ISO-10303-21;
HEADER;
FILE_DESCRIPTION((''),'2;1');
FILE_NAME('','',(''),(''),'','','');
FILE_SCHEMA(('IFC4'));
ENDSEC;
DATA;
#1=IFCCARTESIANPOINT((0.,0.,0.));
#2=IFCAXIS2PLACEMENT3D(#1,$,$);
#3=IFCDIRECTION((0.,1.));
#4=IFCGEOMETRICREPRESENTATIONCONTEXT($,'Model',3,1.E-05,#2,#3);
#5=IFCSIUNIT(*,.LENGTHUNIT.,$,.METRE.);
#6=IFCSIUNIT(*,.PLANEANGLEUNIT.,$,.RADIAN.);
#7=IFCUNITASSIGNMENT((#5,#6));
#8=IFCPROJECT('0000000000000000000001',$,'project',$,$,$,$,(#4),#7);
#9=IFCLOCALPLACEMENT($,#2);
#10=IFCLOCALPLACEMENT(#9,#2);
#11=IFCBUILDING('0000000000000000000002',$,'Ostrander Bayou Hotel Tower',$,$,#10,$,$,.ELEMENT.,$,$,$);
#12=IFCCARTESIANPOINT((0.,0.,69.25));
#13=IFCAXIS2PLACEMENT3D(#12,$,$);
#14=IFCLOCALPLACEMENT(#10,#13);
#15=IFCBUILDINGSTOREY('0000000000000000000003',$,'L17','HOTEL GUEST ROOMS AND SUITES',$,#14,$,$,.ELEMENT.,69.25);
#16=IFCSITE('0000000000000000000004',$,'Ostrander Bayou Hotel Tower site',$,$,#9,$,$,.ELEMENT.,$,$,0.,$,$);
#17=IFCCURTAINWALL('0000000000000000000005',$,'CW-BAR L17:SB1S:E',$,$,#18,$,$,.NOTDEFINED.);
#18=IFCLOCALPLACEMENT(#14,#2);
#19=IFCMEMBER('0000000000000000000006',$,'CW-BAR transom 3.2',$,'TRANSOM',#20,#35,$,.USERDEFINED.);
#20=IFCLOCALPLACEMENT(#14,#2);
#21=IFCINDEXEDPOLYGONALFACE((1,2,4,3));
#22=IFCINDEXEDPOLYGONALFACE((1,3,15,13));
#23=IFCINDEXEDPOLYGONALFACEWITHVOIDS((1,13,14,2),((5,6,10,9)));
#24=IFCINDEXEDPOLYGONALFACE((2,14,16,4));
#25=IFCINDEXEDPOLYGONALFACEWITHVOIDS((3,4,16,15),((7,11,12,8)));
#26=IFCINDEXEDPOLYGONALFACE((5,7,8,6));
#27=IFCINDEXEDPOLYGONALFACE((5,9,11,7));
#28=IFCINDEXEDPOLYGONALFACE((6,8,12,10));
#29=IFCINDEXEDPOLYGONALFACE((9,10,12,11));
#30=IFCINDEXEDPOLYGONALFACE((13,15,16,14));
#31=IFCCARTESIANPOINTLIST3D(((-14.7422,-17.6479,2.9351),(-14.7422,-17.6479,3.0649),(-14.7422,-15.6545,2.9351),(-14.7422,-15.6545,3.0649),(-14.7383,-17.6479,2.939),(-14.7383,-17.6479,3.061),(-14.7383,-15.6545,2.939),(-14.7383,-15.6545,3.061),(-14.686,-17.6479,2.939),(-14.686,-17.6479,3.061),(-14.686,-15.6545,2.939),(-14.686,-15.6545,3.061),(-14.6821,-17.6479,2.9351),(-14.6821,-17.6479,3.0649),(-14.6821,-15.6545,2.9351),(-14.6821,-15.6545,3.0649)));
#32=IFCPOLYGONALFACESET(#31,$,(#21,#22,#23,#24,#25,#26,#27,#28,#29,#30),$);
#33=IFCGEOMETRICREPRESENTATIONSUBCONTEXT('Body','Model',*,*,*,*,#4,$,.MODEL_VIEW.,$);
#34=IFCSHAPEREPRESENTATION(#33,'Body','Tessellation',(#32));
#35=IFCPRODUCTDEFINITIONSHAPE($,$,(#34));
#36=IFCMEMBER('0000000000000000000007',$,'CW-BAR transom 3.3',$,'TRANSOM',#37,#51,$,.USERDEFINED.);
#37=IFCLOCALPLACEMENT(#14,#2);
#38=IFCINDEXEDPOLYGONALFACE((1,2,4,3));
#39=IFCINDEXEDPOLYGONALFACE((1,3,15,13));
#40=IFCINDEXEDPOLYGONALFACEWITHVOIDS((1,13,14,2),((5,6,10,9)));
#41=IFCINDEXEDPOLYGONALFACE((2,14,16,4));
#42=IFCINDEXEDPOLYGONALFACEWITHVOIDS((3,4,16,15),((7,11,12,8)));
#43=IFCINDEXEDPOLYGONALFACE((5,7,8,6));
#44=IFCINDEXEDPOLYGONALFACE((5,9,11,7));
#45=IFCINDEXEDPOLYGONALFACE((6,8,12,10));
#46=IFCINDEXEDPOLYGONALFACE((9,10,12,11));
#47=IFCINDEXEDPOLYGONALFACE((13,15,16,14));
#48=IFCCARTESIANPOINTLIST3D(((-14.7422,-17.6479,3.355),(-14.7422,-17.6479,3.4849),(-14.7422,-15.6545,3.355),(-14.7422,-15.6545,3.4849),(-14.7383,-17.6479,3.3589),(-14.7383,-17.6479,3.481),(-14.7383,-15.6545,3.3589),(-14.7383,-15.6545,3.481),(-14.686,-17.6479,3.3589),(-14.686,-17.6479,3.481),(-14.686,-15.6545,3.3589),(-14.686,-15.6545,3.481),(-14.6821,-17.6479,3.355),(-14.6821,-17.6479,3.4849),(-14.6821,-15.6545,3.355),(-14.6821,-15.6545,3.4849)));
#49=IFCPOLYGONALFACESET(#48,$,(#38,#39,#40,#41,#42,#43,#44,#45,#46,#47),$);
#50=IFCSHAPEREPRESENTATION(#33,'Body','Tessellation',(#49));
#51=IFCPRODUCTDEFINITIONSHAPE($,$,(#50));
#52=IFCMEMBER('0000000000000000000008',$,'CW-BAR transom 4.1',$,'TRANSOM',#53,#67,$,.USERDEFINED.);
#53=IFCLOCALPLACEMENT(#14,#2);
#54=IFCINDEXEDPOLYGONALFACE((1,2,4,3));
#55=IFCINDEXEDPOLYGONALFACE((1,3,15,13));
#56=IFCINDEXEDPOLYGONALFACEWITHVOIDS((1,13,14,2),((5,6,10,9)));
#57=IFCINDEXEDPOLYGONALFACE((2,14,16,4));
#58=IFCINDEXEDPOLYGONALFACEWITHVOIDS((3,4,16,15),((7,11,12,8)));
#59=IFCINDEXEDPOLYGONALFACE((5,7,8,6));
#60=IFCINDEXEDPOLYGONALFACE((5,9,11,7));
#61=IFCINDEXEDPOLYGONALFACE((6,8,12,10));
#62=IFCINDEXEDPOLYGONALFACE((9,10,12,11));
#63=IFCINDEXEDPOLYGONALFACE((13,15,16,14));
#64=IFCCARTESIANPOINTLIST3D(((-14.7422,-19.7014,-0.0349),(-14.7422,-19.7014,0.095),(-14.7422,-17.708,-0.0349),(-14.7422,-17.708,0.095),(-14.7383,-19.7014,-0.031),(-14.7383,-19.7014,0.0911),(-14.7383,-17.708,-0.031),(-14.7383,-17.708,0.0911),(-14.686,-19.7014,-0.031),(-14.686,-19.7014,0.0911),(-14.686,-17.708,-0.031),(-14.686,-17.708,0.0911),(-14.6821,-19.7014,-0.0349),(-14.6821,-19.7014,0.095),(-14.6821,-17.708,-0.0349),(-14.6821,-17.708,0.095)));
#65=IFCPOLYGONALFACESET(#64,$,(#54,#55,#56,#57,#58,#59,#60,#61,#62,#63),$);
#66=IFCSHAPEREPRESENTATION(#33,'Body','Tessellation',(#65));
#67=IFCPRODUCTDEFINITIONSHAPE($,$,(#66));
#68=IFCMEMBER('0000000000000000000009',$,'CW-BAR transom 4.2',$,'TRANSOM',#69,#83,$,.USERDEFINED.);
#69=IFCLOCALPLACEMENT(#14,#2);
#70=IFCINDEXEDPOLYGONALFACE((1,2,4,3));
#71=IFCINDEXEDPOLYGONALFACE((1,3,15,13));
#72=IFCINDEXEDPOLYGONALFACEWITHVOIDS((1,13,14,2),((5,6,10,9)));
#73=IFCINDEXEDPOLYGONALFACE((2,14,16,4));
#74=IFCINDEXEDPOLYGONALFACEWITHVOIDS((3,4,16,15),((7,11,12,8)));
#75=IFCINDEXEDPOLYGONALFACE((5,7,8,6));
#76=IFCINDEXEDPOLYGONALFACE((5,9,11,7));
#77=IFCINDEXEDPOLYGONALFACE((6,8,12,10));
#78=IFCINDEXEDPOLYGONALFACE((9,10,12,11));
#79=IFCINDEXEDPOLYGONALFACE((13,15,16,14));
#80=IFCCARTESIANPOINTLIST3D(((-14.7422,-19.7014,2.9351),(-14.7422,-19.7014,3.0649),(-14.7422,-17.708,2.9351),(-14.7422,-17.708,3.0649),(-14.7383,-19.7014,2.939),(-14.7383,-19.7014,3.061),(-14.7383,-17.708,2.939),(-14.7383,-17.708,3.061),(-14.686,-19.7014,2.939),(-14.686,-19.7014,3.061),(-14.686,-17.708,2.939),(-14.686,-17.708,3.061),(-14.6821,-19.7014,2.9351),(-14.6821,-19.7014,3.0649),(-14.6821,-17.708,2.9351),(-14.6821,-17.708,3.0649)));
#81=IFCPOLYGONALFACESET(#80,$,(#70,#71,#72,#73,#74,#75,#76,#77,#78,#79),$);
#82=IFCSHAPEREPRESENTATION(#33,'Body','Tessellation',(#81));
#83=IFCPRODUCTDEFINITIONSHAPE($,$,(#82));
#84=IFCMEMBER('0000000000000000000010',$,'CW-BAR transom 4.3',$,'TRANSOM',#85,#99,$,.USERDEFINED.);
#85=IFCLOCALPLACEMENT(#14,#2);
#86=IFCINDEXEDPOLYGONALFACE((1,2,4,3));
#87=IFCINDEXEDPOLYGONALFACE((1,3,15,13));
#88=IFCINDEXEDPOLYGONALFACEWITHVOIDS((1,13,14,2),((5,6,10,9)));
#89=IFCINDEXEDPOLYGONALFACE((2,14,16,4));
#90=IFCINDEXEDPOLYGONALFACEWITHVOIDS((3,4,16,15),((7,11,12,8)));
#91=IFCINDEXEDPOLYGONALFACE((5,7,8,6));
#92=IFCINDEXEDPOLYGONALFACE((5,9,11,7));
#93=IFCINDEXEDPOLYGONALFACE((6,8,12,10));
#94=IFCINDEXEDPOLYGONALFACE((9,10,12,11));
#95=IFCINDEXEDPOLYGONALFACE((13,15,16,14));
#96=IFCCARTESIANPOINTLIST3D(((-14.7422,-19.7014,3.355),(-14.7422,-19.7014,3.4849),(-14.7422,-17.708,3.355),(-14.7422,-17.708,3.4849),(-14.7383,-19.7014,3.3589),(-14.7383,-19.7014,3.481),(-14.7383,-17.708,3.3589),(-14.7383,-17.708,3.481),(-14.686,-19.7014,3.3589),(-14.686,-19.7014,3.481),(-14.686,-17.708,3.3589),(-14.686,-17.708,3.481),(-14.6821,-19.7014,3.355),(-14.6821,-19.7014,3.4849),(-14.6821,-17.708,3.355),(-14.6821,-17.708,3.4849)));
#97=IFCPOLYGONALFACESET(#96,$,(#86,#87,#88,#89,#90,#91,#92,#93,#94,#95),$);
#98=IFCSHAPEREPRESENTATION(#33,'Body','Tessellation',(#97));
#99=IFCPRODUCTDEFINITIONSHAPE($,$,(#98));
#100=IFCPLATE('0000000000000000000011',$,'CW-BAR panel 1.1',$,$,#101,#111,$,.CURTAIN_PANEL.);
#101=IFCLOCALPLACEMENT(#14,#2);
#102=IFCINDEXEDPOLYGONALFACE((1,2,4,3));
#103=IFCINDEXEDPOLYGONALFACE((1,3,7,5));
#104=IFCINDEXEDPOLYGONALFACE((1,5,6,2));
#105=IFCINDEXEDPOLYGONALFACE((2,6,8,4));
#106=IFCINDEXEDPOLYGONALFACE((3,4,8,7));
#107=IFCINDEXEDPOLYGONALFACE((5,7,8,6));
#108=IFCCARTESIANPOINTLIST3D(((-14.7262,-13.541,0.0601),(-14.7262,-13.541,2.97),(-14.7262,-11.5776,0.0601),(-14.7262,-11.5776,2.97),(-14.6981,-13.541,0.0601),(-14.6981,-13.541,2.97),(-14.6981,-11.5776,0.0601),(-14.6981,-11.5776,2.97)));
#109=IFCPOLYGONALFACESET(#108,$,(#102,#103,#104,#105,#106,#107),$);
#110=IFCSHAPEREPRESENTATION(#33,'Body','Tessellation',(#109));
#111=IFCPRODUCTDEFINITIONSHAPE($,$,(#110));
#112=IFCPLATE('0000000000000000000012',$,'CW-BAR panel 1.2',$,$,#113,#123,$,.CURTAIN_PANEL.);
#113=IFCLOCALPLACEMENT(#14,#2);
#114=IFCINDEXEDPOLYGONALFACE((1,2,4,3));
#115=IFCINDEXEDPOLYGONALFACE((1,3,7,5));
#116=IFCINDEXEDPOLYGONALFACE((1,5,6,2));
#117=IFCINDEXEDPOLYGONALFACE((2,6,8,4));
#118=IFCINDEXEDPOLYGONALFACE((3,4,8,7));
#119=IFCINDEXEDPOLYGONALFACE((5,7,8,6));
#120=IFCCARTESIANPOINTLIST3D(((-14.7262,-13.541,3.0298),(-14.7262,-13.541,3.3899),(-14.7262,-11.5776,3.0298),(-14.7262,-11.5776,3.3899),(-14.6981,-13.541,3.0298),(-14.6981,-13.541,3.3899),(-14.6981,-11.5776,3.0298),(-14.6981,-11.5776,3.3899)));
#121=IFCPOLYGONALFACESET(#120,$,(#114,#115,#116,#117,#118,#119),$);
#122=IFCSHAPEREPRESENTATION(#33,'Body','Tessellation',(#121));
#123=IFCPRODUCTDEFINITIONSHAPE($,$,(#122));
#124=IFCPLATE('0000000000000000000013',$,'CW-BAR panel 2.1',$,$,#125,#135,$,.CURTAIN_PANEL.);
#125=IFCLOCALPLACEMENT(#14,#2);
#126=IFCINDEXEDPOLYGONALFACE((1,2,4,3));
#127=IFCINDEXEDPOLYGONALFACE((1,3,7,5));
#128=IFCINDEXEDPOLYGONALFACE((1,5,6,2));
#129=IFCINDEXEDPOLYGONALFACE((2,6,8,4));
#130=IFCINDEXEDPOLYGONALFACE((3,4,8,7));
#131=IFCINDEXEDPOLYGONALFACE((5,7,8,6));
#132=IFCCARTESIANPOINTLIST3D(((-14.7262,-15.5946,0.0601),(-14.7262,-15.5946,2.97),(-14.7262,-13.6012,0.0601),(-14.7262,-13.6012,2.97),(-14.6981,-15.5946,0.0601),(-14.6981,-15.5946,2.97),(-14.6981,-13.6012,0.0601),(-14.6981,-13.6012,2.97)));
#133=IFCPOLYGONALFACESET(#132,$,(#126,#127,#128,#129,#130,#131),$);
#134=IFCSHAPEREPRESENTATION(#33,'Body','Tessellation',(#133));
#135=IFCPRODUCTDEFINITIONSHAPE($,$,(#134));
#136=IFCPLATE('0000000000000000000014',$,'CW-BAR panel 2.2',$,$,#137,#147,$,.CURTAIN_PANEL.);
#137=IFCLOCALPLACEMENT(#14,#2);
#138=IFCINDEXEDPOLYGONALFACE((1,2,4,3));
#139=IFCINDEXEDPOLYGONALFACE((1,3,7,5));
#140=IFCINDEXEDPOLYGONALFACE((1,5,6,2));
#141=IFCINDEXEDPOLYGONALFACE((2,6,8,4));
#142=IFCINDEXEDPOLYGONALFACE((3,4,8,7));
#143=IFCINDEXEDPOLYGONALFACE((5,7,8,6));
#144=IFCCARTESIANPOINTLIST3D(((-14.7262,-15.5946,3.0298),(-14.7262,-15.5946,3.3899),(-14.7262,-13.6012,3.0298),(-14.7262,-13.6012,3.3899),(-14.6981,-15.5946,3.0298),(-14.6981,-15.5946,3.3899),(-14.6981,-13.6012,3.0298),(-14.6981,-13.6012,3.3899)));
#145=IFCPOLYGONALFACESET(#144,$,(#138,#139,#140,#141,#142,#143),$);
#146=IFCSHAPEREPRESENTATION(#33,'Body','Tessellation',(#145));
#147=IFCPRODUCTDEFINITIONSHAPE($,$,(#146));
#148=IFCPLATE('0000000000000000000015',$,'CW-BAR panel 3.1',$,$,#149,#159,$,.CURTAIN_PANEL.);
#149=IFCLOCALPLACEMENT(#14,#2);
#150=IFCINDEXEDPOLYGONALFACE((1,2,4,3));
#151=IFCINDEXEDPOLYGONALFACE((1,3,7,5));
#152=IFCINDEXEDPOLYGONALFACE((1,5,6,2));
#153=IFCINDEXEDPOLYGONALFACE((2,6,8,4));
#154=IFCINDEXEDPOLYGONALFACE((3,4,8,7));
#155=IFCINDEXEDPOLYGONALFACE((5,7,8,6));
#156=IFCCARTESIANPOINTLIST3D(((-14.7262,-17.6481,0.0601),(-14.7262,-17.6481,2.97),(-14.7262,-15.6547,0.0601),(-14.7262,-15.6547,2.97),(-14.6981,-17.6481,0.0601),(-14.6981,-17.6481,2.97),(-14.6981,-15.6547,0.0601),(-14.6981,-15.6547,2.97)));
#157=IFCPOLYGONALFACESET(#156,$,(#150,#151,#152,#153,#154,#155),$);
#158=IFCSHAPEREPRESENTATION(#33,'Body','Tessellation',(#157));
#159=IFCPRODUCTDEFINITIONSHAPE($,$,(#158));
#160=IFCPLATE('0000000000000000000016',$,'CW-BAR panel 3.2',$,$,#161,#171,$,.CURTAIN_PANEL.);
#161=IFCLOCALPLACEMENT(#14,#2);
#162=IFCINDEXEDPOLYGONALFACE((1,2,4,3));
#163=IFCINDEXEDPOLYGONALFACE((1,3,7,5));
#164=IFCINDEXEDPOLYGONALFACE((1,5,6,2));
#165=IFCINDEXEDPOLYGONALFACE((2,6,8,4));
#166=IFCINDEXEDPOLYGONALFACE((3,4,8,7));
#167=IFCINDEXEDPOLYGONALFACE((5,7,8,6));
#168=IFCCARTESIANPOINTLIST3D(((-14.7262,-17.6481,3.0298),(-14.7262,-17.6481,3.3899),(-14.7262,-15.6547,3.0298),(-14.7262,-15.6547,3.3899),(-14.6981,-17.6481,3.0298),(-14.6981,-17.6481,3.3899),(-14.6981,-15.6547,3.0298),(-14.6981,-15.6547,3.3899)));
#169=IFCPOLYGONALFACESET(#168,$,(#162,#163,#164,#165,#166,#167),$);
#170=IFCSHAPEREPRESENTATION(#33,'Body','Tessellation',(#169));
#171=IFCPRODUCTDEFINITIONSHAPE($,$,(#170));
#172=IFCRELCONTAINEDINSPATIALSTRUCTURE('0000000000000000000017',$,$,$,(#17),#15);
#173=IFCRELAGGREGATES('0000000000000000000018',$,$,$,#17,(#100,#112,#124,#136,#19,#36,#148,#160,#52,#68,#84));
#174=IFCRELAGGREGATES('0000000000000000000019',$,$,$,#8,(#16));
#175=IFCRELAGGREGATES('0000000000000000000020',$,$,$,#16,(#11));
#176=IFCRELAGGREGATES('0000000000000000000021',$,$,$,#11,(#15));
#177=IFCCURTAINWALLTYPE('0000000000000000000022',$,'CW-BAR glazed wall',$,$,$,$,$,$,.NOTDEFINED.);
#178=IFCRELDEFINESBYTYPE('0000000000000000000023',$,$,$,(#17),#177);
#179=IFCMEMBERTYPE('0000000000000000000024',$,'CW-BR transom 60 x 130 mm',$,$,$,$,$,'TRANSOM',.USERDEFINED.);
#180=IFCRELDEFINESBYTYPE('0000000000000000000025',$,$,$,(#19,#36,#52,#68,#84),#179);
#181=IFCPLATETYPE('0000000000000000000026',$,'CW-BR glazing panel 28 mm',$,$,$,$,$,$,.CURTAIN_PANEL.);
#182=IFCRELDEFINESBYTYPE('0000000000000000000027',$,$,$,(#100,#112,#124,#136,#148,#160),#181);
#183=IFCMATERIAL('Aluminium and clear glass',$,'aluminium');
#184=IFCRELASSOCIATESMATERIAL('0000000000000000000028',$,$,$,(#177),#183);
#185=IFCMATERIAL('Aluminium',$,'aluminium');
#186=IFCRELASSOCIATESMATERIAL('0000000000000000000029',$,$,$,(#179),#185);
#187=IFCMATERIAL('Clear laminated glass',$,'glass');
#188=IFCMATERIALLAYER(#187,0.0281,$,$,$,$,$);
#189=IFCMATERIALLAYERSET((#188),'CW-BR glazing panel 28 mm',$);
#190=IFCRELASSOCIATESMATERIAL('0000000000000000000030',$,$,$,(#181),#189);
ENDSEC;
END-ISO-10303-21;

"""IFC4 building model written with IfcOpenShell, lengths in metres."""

from ifc_helpers import new_model, si_unit, direction, frame, origin, origin_2d, place, context, subcontext, project, spatial, rectangle, hollow_rectangle, extrude, material, layer, layer_set, material_profile, profile_set, type_object, element, aggregate, save


model = new_model("IFC4")

# Units and contexts
model_context = context("Model", 3, precision=1e-05, world=origin(), true_north=direction((0.0, 1.0)))
body_context = subcontext(model_context, "Body", "Model", "MODEL_VIEW")
ifc_project = project(units=[si_unit("LENGTHUNIT", "METRE"), si_unit("PLANEANGLEUNIT", "RADIAN")], contexts=[model_context])

# Site, building, storey
site_placement = place(None, origin())
site = spatial("IfcSite", under=ifc_project, at=site_placement, Name="Ostrander Bayou Hotel Tower site", CompositionType="ELEMENT", RefElevation=0.0)
building_placement = place(site_placement, origin())
building = spatial("IfcBuilding", under=site, at=building_placement, Name="Ostrander Bayou Hotel Tower", CompositionType="ELEMENT")
storey_placement = place(building_placement, frame((0.0, 0.0, 69.25)))
storey = spatial("IfcBuildingStorey", under=building, at=storey_placement, Name="L17", Description="HOTEL GUEST ROOMS AND SUITES", CompositionType="ELEMENT", Elevation=69.25)

# Curtain wall, members, plates
ifc_material_1 = material(Name="Aluminium and clear glass", Category="aluminium")
curtain_wall_type = type_object("IfcCurtainWallType", Name="CW-BAR glazed wall", PredefinedType="NOTDEFINED", material=ifc_material_1)
curtain_wall_placement = place(storey_placement, origin())
curtain_wall = element("IfcCurtainWall", 1, at=curtain_wall_placement, inside=storey, type_object=curtain_wall_type, Name="CW-BAR L17:SB1S:E", PredefinedType="NOTDEFINED")
ifc_material_2 = material(Name="Aluminium", Category="aluminium")
ifc_material_profile_1 = material_profile(ifc_material_2, hollow_rectangle(XDim=0.0601, YDim=0.1299, WallThickness=0.0039, at=origin_2d()))
ifc_profile_set_1 = profile_set([ifc_material_profile_1], Name="Aluminium")
member_type_1 = type_object("IfcMemberType", Name="CW-BR transom 60 x 130 mm", ElementType="TRANSOM", PredefinedType="USERDEFINED", material=ifc_profile_set_1)
member_1_placement = place(storey_placement, frame((-14.7122, -15.6545, 3.0), z_axis=(0.0, -1.0, 0.0), x_axis=(1.0, 0.0, 0.0)))
member_1 = element("IfcMember", 2, at=member_1_placement, type_object=member_type_1, Name="CW-BAR transom 3.2", ObjectType="TRANSOM", PredefinedType="USERDEFINED", context=body_context, shape_type="SweptSolid", body=[
    extrude(hollow_rectangle(XDim=0.0601, YDim=0.1299, WallThickness=0.0039, at=origin_2d()), origin(), (0.0, 0.0, 1.0), 1.9934),
])
member_2_placement = place(storey_placement, frame((-14.7122, -15.6545, 3.4199), z_axis=(0.0, -1.0, 0.0), x_axis=(1.0, 0.0, 0.0)))
member_2 = element("IfcMember", 3, at=member_2_placement, type_object=member_type_1, Name="CW-BAR transom 3.3", ObjectType="TRANSOM", PredefinedType="USERDEFINED", context=body_context, shape_type="SweptSolid", body=[
    extrude(hollow_rectangle(XDim=0.0601, YDim=0.1299, WallThickness=0.0039, at=origin_2d()), origin(), (0.0, 0.0, 1.0), 1.9934),
])
member_3_placement = place(storey_placement, frame((-14.7122, -17.708, 0.03), z_axis=(0.0, -1.0, 0.0), x_axis=(1.0, 0.0, 0.0)))
member_3 = element("IfcMember", 4, at=member_3_placement, type_object=member_type_1, Name="CW-BAR transom 4.1", ObjectType="TRANSOM", PredefinedType="USERDEFINED", context=body_context, shape_type="SweptSolid", body=[
    extrude(hollow_rectangle(XDim=0.0601, YDim=0.1299, WallThickness=0.0039, at=origin_2d()), origin(), (0.0, 0.0, 1.0), 1.9934),
])
member_4_placement = place(storey_placement, frame((-14.7122, -17.708, 3.0), z_axis=(0.0, -1.0, 0.0), x_axis=(1.0, 0.0, 0.0)))
member_4 = element("IfcMember", 5, at=member_4_placement, type_object=member_type_1, Name="CW-BAR transom 4.2", ObjectType="TRANSOM", PredefinedType="USERDEFINED", context=body_context, shape_type="SweptSolid", body=[
    extrude(hollow_rectangle(XDim=0.0601, YDim=0.1299, WallThickness=0.0039, at=origin_2d()), origin(), (0.0, 0.0, 1.0), 1.9934),
])
member_5_placement = place(storey_placement, frame((-14.7122, -17.708, 3.4199), z_axis=(0.0, -1.0, 0.0), x_axis=(1.0, 0.0, 0.0)))
member_5 = element("IfcMember", 6, at=member_5_placement, type_object=member_type_1, Name="CW-BAR transom 4.3", ObjectType="TRANSOM", PredefinedType="USERDEFINED", context=body_context, shape_type="SweptSolid", body=[
    extrude(hollow_rectangle(XDim=0.0601, YDim=0.1299, WallThickness=0.0039, at=origin_2d()), origin(), (0.0, 0.0, 1.0), 1.9934),
])
ifc_material_3 = material(Name="Clear laminated glass", Category="glass")
ifc_layer_1 = layer(ifc_material_3, 0.0281)
ifc_layer_set_1 = layer_set([ifc_layer_1], Name="CW-BR glazing panel 28 mm")
plate_type = type_object("IfcPlateType", Name="CW-BR glazing panel 28 mm", PredefinedType="CURTAIN_PANEL", material=ifc_layer_set_1)
plate_1_placement = place(storey_placement, frame((-14.7122, -12.5593, 0.0601), z_axis=(0.0, 0.0, 1.0), x_axis=(0.0, -1.0, 0.0)))
plate_1 = element("IfcPlate", 7, at=plate_1_placement, type_object=plate_type, Name="CW-BAR panel 1.1", PredefinedType="CURTAIN_PANEL", context=body_context, shape_type="SweptSolid", body=[
    extrude(rectangle(XDim=1.9634, YDim=0.0281, at=origin_2d()), origin(), (0.0, 0.0, 1.0), 2.9099),
])
plate_2_placement = place(storey_placement, frame((-14.7122, -12.5593, 3.0298), z_axis=(0.0, 0.0, 1.0), x_axis=(0.0, -1.0, 0.0)))
plate_2 = element("IfcPlate", 8, at=plate_2_placement, type_object=plate_type, Name="CW-BAR panel 1.2", PredefinedType="CURTAIN_PANEL", context=body_context, shape_type="SweptSolid", body=[
    extrude(rectangle(XDim=1.9634, YDim=0.0281, at=origin_2d()), origin(), (0.0, 0.0, 1.0), 0.3601),
])
plate_3_placement = place(storey_placement, frame((-14.7122, -14.5979, 0.0601), z_axis=(0.0, 0.0, 1.0), x_axis=(0.0, -1.0, 0.0)))
plate_3 = element("IfcPlate", 9, at=plate_3_placement, type_object=plate_type, Name="CW-BAR panel 2.1", PredefinedType="CURTAIN_PANEL", context=body_context, shape_type="SweptSolid", body=[
    extrude(rectangle(XDim=1.9934, YDim=0.0281, at=origin_2d()), origin(), (0.0, 0.0, 1.0), 2.9099),
])
plate_4_placement = place(storey_placement, frame((-14.7122, -14.5979, 3.0298), z_axis=(0.0, 0.0, 1.0), x_axis=(0.0, -1.0, 0.0)))
plate_4 = element("IfcPlate", 10, at=plate_4_placement, type_object=plate_type, Name="CW-BAR panel 2.2", PredefinedType="CURTAIN_PANEL", context=body_context, shape_type="SweptSolid", body=[
    extrude(rectangle(XDim=1.9934, YDim=0.0281, at=origin_2d()), origin(), (0.0, 0.0, 1.0), 0.3601),
])
plate_5_placement = place(storey_placement, frame((-14.7122, -16.6514, 0.0601), z_axis=(0.0, 0.0, 1.0), x_axis=(0.0, -1.0, 0.0)))
plate_5 = element("IfcPlate", 11, at=plate_5_placement, type_object=plate_type, Name="CW-BAR panel 3.1", PredefinedType="CURTAIN_PANEL", context=body_context, shape_type="SweptSolid", body=[
    extrude(rectangle(XDim=1.9934, YDim=0.0281, at=origin_2d()), origin(), (0.0, 0.0, 1.0), 2.9099),
])
plate_6_placement = place(storey_placement, frame((-14.7122, -16.6514, 3.0298), z_axis=(0.0, 0.0, 1.0), x_axis=(0.0, -1.0, 0.0)))
plate_6 = element("IfcPlate", 12, at=plate_6_placement, type_object=plate_type, Name="CW-BAR panel 3.2", PredefinedType="CURTAIN_PANEL", context=body_context, shape_type="SweptSolid", body=[
    extrude(rectangle(XDim=1.9934, YDim=0.0281, at=origin_2d()), origin(), (0.0, 0.0, 1.0), 0.3601),
])
aggregate(curtain_wall, [plate_1, plate_2, plate_3, plate_4, member_1, member_2, plate_5, plate_6, member_3, member_4, member_5])

save(model, "model.ifc")
